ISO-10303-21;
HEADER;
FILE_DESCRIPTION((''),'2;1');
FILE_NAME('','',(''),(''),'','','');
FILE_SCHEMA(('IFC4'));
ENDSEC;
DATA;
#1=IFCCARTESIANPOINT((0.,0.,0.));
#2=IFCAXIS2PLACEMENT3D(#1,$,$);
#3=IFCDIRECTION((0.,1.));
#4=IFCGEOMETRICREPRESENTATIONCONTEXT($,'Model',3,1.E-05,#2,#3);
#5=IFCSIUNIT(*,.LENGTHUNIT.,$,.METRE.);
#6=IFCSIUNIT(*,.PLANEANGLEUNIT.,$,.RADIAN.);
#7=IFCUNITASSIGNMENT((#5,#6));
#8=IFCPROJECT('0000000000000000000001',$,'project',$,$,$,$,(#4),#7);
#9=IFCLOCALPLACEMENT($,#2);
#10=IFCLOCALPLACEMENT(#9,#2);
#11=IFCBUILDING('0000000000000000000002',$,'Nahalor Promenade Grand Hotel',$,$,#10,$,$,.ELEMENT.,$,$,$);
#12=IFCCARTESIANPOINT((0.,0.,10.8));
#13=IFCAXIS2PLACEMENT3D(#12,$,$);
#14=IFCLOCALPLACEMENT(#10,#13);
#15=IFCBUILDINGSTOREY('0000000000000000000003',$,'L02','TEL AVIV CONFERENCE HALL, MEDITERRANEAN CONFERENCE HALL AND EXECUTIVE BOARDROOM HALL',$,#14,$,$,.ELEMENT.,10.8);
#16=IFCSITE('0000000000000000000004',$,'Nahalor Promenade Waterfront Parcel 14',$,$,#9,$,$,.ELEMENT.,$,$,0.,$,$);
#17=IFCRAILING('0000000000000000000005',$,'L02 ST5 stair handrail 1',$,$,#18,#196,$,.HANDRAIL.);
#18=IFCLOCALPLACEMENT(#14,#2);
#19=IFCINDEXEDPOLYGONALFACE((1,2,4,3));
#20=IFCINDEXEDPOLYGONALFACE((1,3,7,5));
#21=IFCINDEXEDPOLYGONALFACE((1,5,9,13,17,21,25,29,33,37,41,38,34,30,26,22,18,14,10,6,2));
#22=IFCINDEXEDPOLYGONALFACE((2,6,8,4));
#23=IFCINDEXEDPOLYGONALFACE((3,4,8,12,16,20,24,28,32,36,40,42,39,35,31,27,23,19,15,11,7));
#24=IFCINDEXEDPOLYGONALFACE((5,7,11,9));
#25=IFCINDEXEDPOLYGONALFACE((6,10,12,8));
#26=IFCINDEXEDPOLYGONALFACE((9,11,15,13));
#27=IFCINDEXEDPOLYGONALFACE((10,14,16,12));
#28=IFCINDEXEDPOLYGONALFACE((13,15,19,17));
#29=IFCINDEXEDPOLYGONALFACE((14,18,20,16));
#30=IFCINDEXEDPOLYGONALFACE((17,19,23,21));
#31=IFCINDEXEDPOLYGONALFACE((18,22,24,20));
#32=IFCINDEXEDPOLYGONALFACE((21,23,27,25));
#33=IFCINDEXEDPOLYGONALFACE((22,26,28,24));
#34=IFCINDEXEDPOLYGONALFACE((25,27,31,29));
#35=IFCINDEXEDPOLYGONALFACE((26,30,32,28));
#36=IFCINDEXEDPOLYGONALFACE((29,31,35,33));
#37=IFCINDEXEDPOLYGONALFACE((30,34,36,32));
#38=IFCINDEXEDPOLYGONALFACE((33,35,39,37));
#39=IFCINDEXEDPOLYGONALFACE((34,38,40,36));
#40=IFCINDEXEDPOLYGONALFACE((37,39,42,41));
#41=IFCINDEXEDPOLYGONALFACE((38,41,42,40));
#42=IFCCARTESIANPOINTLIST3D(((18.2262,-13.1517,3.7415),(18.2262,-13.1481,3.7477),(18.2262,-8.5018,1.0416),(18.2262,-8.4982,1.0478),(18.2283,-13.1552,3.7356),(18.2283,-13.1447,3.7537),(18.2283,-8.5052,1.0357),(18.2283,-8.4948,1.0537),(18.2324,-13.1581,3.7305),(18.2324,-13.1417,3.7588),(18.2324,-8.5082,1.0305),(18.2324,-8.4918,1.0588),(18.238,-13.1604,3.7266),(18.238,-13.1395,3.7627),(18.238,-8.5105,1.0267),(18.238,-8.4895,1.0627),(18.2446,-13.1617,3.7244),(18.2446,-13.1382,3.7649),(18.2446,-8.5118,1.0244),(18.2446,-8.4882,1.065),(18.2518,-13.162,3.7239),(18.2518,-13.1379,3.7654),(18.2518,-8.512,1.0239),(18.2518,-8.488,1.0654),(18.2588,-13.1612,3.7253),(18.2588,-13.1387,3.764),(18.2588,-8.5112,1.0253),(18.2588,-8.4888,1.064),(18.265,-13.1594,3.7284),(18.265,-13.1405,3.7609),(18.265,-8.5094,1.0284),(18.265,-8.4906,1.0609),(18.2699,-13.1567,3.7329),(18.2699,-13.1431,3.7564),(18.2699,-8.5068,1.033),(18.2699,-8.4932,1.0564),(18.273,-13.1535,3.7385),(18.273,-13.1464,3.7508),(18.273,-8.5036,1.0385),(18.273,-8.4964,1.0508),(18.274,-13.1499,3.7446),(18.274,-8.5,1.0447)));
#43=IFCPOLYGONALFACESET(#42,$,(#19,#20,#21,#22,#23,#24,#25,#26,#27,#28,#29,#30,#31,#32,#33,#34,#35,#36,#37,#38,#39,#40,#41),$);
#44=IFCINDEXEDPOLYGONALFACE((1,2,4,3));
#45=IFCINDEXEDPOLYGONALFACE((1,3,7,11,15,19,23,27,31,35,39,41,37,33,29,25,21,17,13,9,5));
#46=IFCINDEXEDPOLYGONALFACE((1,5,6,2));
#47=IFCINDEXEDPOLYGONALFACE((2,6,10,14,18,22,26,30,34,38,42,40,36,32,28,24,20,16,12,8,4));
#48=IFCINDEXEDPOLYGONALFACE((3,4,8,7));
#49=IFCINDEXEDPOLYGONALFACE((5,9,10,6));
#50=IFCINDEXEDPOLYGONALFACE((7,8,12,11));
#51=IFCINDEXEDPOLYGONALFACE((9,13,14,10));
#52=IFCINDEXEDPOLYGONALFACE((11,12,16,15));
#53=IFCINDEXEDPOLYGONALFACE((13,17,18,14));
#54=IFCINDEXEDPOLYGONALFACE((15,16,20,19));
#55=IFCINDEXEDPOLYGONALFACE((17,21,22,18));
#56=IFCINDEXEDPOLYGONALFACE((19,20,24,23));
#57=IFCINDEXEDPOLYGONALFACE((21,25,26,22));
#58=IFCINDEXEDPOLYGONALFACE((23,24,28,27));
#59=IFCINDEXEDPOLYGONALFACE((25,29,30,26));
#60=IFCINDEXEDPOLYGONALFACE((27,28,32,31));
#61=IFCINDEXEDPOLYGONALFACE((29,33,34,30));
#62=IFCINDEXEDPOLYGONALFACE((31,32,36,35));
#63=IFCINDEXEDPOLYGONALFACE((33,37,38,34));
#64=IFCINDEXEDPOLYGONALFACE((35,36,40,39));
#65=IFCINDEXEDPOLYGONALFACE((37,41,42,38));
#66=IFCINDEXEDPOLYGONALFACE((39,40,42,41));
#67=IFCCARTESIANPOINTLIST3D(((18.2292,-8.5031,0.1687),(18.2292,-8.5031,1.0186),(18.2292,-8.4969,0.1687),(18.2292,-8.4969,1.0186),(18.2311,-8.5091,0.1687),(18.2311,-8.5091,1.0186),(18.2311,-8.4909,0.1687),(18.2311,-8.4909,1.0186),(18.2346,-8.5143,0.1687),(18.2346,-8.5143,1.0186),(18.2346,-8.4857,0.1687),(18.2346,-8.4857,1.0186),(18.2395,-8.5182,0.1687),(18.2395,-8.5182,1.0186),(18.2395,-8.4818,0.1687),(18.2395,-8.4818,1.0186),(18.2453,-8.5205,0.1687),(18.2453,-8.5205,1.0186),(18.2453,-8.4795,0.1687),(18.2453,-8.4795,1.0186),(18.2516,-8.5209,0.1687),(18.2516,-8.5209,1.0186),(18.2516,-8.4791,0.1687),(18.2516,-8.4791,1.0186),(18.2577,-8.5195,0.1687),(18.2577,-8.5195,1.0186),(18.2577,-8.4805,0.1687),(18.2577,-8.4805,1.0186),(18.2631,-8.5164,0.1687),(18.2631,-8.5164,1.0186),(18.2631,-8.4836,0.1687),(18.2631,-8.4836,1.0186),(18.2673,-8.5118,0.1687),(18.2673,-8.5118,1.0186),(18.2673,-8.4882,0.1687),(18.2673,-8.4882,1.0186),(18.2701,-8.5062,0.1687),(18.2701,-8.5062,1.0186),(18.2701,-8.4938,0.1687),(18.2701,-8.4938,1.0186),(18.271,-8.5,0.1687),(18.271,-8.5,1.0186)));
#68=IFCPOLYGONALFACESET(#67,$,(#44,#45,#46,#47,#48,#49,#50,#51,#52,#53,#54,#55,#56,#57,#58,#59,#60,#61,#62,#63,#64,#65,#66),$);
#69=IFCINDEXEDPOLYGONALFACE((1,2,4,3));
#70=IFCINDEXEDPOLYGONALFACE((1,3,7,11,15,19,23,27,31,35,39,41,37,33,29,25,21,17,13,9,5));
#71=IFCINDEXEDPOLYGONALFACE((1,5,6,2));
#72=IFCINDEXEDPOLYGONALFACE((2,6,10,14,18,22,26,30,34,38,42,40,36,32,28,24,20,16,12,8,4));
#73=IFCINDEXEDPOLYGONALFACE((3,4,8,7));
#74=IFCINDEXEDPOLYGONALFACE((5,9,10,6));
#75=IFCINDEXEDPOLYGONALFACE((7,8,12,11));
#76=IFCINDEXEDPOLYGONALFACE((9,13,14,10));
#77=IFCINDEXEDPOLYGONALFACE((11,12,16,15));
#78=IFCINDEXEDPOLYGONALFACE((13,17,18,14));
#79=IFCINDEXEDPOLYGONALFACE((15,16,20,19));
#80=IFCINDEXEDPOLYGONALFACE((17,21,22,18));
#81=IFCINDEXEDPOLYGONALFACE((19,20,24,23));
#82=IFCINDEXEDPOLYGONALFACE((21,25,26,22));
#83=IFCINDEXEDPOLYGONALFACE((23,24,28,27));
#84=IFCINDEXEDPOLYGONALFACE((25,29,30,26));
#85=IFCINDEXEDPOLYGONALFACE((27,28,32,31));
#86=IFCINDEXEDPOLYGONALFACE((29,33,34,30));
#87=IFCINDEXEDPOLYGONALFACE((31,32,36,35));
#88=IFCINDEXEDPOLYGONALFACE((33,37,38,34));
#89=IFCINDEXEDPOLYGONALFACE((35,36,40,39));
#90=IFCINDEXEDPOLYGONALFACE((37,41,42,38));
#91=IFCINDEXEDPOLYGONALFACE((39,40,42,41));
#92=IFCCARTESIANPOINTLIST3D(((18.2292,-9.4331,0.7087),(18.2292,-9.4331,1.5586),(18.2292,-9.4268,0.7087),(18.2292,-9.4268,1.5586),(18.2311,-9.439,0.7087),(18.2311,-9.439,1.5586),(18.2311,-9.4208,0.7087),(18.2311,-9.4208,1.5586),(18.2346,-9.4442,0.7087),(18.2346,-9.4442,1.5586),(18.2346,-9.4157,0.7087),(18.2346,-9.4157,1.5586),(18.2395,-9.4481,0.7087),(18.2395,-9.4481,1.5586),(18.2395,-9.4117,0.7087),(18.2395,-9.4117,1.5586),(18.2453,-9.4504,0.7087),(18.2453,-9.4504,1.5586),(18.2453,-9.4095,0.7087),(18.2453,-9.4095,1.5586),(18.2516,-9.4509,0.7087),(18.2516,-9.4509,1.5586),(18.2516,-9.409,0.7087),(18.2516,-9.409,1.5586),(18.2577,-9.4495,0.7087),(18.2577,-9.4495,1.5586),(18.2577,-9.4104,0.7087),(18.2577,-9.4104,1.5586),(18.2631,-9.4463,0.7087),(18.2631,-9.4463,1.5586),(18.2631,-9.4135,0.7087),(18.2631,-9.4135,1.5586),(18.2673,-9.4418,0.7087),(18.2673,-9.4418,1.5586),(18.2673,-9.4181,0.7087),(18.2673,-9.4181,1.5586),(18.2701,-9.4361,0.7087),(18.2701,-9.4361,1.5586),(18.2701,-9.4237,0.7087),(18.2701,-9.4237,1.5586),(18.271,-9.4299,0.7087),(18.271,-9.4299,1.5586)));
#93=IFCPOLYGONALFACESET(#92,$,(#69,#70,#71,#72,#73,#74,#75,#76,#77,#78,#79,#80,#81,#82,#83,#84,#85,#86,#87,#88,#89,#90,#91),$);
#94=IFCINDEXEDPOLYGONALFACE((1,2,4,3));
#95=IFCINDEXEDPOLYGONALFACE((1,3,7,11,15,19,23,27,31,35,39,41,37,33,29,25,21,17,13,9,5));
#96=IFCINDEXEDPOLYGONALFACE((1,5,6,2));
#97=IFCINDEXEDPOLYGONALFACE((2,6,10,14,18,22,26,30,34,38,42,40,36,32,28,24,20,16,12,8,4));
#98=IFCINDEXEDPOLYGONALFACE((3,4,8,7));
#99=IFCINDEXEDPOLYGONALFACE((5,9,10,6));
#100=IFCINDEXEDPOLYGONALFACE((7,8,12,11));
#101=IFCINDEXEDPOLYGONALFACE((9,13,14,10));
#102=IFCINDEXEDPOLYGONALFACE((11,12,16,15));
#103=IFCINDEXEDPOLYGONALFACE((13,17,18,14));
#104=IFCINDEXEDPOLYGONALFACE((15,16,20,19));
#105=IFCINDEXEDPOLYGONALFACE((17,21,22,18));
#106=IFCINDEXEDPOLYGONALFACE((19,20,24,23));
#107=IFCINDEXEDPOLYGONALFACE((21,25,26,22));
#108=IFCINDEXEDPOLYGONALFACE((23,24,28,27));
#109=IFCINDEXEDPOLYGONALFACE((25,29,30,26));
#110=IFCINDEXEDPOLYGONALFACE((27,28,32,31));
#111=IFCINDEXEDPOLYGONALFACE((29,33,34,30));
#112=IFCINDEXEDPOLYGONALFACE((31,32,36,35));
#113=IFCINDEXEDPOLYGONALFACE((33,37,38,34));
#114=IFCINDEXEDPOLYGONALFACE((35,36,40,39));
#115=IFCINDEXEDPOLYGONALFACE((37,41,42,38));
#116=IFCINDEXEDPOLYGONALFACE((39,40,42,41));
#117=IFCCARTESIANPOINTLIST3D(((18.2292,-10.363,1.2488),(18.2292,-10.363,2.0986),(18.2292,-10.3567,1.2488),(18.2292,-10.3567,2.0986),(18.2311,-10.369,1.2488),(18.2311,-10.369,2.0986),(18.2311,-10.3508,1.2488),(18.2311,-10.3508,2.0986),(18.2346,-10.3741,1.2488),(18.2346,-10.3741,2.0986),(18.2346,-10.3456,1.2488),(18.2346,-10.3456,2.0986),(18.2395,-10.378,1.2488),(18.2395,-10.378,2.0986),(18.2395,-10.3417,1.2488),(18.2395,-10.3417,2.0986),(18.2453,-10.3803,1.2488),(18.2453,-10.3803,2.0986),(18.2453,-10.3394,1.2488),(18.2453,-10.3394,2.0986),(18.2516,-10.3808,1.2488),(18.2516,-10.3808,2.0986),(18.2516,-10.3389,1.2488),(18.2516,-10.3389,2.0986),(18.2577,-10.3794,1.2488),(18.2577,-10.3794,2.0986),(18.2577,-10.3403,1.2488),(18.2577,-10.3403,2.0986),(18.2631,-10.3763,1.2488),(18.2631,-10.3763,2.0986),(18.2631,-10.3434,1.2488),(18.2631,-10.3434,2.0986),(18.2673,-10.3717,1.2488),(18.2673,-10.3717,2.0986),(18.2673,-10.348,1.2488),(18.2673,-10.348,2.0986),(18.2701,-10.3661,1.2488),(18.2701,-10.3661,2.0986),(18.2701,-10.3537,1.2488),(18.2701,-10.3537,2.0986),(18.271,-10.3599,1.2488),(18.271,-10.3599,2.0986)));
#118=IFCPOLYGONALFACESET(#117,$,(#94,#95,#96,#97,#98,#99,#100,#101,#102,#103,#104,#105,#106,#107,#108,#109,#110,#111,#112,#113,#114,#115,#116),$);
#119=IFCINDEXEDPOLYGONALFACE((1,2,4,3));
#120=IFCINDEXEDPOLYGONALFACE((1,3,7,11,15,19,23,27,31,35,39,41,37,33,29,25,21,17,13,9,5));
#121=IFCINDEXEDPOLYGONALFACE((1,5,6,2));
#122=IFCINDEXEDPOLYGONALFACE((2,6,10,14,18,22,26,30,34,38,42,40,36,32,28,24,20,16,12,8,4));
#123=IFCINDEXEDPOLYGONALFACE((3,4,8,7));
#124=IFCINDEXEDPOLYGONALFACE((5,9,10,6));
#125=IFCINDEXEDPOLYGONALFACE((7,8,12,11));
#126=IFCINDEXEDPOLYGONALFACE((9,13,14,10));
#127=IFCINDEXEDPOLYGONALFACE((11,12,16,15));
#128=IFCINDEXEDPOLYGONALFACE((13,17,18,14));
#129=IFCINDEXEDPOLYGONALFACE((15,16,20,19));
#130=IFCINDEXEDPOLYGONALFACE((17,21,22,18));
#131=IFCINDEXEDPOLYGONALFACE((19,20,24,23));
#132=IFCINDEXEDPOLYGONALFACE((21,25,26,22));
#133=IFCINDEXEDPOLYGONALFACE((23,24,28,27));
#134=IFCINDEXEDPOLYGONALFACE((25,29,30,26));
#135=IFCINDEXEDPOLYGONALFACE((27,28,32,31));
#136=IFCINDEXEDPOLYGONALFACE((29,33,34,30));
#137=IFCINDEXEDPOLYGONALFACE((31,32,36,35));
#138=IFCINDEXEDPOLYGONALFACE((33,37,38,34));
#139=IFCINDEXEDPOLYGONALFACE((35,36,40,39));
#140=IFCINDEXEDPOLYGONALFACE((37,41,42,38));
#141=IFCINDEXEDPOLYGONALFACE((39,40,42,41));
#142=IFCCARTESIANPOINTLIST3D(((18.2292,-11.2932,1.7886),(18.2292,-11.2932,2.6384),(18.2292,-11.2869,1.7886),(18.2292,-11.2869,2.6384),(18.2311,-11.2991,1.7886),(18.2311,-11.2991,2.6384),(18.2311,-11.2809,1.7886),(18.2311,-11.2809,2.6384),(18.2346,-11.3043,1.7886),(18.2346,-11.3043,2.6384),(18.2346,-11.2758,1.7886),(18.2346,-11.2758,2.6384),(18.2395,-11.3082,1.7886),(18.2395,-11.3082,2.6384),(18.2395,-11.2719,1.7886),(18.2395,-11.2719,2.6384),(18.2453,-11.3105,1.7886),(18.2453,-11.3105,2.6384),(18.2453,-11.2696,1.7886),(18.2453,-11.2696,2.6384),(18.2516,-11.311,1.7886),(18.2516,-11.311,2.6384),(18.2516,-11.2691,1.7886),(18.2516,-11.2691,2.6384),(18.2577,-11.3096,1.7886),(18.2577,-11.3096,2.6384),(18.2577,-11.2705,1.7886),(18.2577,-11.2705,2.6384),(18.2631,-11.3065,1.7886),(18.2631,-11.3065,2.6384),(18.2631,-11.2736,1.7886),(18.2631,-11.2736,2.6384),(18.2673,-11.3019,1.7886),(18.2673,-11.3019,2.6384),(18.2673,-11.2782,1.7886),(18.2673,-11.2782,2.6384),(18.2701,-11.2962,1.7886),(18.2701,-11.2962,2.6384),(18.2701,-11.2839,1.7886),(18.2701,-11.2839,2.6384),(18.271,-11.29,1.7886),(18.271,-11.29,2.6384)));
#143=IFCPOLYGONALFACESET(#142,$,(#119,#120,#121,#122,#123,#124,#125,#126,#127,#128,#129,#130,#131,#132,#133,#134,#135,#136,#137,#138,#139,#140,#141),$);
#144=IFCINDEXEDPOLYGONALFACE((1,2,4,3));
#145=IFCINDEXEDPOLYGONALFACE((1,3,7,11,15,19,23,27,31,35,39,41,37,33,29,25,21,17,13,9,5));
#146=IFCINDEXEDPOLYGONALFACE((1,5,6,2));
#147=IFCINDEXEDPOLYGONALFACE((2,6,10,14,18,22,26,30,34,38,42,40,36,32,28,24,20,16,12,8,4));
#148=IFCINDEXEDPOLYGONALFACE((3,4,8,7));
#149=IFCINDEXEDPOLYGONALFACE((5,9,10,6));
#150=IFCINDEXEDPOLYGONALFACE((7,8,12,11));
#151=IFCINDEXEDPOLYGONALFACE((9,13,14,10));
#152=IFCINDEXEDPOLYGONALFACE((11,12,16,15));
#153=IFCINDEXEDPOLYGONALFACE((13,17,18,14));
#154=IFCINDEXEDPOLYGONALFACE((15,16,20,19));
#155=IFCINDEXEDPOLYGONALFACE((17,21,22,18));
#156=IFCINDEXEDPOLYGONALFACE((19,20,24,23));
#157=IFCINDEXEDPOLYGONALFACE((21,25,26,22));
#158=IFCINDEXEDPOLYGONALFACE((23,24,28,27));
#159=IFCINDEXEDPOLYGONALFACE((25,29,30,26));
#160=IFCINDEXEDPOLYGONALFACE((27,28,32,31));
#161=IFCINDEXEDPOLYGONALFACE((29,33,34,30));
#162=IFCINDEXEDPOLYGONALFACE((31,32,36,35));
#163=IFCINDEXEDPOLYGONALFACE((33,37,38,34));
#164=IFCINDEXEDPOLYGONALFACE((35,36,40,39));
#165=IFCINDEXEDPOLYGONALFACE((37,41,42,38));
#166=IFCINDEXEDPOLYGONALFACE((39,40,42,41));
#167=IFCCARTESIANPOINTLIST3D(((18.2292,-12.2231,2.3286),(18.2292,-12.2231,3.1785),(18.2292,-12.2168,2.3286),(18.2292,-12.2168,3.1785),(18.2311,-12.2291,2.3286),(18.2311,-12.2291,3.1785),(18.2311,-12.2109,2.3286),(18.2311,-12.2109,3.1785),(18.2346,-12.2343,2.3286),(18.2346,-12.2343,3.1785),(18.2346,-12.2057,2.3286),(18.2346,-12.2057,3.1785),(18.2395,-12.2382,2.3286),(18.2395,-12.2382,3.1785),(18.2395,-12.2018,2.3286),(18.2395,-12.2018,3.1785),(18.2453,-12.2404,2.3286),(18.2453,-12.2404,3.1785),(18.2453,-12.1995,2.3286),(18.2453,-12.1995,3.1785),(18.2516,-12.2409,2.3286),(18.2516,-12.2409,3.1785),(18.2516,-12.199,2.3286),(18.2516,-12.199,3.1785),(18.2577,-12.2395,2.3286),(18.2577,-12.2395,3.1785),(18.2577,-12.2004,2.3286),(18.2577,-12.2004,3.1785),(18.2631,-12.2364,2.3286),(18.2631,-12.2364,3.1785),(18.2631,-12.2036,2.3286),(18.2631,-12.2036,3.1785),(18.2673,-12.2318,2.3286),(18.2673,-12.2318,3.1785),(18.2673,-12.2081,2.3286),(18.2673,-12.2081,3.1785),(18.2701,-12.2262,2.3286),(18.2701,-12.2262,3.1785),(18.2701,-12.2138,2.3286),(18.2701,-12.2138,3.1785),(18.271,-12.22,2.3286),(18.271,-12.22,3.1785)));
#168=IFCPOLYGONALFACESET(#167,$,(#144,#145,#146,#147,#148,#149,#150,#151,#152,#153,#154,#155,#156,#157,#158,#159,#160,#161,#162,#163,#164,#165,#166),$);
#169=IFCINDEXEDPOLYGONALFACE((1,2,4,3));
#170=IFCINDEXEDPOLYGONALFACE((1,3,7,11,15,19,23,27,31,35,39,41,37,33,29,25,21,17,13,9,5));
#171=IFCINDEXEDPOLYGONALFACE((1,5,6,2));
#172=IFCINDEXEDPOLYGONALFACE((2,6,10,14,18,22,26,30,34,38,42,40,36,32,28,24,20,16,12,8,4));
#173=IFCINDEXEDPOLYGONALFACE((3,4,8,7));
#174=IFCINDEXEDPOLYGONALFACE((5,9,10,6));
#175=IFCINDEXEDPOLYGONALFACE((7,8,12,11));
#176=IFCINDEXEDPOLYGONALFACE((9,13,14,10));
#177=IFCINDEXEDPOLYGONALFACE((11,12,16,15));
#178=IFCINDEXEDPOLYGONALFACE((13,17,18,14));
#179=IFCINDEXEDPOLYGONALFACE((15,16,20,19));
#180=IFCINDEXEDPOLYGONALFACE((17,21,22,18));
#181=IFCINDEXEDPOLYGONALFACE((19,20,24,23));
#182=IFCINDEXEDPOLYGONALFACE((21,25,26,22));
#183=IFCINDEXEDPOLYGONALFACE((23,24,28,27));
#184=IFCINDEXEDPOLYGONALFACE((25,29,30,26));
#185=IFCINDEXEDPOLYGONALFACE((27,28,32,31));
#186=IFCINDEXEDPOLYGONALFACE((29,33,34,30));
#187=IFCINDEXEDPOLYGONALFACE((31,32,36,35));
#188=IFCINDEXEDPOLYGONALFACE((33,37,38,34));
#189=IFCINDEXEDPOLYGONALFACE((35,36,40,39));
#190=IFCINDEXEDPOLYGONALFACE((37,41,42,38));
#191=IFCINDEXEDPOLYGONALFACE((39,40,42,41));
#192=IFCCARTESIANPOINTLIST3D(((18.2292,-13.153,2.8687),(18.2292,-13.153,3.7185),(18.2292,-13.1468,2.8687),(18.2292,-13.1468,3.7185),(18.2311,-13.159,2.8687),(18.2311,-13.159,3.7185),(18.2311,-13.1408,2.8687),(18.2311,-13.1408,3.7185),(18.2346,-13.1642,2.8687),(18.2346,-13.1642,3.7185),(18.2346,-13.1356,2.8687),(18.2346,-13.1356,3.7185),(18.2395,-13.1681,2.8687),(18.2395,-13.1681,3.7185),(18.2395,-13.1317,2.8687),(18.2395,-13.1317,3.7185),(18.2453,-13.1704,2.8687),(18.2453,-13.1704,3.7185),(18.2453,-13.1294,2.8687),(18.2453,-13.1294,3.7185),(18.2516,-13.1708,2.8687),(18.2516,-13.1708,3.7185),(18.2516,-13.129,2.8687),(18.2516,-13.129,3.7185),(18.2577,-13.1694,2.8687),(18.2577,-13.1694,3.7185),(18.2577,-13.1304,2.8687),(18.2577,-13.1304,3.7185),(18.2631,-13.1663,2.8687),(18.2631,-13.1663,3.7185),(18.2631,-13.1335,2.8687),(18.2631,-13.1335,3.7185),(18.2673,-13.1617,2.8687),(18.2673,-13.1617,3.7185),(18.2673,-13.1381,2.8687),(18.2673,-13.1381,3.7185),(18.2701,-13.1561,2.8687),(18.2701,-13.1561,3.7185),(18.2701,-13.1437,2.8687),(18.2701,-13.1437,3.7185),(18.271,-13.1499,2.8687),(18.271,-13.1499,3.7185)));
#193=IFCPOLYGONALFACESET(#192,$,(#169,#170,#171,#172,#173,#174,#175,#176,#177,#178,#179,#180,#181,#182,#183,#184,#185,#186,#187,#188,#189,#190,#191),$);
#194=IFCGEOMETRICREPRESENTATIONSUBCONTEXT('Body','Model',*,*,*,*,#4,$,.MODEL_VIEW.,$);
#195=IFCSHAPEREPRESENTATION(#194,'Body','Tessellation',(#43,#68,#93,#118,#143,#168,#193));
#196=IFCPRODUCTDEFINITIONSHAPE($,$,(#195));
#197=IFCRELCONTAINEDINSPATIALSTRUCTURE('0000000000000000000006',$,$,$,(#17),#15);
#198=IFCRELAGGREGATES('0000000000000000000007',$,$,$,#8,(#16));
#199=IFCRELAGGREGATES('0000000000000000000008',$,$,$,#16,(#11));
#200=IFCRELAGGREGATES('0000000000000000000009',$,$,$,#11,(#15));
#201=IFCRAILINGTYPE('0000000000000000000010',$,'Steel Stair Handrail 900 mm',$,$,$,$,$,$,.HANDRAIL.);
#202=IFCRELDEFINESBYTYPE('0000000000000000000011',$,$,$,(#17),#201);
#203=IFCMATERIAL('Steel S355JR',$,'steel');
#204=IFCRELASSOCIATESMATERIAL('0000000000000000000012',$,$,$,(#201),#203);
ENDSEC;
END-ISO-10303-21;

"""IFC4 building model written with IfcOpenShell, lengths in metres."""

from ifc_helpers import new_model, si_unit, direction, frame, origin, origin_2d, place, context, subcontext, project, spatial, circle, extrude, material, type_object, element, save


model = new_model("IFC4")

# Units and contexts
model_context = context("Model", 3, precision=1e-05, world=origin(), true_north=direction((0.0, 1.0)))
body_context = subcontext(model_context, "Body", "Model", "MODEL_VIEW")
ifc_project = project(units=[si_unit("LENGTHUNIT", "METRE"), si_unit("PLANEANGLEUNIT", "RADIAN")], contexts=[model_context])

# Site, building, storey
site_placement = place(None, origin())
site = spatial("IfcSite", under=ifc_project, at=site_placement, Name="Nahalor Promenade Waterfront Parcel 14", CompositionType="ELEMENT", RefElevation=0.0)
building_placement = place(site_placement, origin())
building = spatial("IfcBuilding", under=site, at=building_placement, Name="Nahalor Promenade Grand Hotel", CompositionType="ELEMENT")
storey_placement = place(building_placement, frame((0.0, 0.0, 10.8)))
storey = spatial("IfcBuildingStorey", under=building, at=storey_placement, Name="L02", Description="TEL AVIV CONFERENCE HALL, MEDITERRANEAN CONFERENCE HALL AND EXECUTIVE BOARDROOM HALL", CompositionType="ELEMENT", Elevation=10.8)

# Shared definitions
ifc_material_1 = material(Name="Steel S355JR", Category="steel")

# Railing
railing_type_1 = type_object("IfcRailingType", Name="Steel Stair Handrail 900 mm", PredefinedType="HANDRAIL", material=ifc_material_1)
railing_1_placement = place(storey_placement, frame((18.25, -8.5, 0.1687)))
element("IfcRailing", 1, at=railing_1_placement, inside=storey, type_object=railing_type_1, Name="L02 ST5 stair handrail 1", PredefinedType="HANDRAIL", context=body_context, shape_type="SweptSolid", body=[
    extrude(circle(Radius=0.024, at=origin_2d()), frame((0.0, 0.0, 0.876), z_axis=(0.0, -0.864788, 0.502137), x_axis=(1.0, 0.0, 0.0)), (0.0, 0.0, 1.0), 5.377),
    extrude(circle(Radius=0.021, at=origin_2d()), origin(), (0.0, 0.0, 1.0), 0.8499),
    extrude(circle(Radius=0.021, at=origin_2d()), frame((0.0, -0.9299, 0.54)), (0.0, 0.0, 1.0), 0.8499),
    extrude(circle(Radius=0.021, at=origin_2d()), frame((0.0, -1.8599, 1.0801)), (0.0, 0.0, 1.0), 0.8499),
    extrude(circle(Radius=0.021, at=origin_2d()), frame((0.0, -2.79, 1.6199)), (0.0, 0.0, 1.0), 0.8499),
    extrude(circle(Radius=0.021, at=origin_2d()), frame((0.0, -3.72, 2.1599)), (0.0, 0.0, 1.0), 0.8499),
    extrude(circle(Radius=0.021, at=origin_2d()), frame((0.0, -4.6499, 2.7)), (0.0, 0.0, 1.0), 0.8499),
])

save(model, "model.ifc")
